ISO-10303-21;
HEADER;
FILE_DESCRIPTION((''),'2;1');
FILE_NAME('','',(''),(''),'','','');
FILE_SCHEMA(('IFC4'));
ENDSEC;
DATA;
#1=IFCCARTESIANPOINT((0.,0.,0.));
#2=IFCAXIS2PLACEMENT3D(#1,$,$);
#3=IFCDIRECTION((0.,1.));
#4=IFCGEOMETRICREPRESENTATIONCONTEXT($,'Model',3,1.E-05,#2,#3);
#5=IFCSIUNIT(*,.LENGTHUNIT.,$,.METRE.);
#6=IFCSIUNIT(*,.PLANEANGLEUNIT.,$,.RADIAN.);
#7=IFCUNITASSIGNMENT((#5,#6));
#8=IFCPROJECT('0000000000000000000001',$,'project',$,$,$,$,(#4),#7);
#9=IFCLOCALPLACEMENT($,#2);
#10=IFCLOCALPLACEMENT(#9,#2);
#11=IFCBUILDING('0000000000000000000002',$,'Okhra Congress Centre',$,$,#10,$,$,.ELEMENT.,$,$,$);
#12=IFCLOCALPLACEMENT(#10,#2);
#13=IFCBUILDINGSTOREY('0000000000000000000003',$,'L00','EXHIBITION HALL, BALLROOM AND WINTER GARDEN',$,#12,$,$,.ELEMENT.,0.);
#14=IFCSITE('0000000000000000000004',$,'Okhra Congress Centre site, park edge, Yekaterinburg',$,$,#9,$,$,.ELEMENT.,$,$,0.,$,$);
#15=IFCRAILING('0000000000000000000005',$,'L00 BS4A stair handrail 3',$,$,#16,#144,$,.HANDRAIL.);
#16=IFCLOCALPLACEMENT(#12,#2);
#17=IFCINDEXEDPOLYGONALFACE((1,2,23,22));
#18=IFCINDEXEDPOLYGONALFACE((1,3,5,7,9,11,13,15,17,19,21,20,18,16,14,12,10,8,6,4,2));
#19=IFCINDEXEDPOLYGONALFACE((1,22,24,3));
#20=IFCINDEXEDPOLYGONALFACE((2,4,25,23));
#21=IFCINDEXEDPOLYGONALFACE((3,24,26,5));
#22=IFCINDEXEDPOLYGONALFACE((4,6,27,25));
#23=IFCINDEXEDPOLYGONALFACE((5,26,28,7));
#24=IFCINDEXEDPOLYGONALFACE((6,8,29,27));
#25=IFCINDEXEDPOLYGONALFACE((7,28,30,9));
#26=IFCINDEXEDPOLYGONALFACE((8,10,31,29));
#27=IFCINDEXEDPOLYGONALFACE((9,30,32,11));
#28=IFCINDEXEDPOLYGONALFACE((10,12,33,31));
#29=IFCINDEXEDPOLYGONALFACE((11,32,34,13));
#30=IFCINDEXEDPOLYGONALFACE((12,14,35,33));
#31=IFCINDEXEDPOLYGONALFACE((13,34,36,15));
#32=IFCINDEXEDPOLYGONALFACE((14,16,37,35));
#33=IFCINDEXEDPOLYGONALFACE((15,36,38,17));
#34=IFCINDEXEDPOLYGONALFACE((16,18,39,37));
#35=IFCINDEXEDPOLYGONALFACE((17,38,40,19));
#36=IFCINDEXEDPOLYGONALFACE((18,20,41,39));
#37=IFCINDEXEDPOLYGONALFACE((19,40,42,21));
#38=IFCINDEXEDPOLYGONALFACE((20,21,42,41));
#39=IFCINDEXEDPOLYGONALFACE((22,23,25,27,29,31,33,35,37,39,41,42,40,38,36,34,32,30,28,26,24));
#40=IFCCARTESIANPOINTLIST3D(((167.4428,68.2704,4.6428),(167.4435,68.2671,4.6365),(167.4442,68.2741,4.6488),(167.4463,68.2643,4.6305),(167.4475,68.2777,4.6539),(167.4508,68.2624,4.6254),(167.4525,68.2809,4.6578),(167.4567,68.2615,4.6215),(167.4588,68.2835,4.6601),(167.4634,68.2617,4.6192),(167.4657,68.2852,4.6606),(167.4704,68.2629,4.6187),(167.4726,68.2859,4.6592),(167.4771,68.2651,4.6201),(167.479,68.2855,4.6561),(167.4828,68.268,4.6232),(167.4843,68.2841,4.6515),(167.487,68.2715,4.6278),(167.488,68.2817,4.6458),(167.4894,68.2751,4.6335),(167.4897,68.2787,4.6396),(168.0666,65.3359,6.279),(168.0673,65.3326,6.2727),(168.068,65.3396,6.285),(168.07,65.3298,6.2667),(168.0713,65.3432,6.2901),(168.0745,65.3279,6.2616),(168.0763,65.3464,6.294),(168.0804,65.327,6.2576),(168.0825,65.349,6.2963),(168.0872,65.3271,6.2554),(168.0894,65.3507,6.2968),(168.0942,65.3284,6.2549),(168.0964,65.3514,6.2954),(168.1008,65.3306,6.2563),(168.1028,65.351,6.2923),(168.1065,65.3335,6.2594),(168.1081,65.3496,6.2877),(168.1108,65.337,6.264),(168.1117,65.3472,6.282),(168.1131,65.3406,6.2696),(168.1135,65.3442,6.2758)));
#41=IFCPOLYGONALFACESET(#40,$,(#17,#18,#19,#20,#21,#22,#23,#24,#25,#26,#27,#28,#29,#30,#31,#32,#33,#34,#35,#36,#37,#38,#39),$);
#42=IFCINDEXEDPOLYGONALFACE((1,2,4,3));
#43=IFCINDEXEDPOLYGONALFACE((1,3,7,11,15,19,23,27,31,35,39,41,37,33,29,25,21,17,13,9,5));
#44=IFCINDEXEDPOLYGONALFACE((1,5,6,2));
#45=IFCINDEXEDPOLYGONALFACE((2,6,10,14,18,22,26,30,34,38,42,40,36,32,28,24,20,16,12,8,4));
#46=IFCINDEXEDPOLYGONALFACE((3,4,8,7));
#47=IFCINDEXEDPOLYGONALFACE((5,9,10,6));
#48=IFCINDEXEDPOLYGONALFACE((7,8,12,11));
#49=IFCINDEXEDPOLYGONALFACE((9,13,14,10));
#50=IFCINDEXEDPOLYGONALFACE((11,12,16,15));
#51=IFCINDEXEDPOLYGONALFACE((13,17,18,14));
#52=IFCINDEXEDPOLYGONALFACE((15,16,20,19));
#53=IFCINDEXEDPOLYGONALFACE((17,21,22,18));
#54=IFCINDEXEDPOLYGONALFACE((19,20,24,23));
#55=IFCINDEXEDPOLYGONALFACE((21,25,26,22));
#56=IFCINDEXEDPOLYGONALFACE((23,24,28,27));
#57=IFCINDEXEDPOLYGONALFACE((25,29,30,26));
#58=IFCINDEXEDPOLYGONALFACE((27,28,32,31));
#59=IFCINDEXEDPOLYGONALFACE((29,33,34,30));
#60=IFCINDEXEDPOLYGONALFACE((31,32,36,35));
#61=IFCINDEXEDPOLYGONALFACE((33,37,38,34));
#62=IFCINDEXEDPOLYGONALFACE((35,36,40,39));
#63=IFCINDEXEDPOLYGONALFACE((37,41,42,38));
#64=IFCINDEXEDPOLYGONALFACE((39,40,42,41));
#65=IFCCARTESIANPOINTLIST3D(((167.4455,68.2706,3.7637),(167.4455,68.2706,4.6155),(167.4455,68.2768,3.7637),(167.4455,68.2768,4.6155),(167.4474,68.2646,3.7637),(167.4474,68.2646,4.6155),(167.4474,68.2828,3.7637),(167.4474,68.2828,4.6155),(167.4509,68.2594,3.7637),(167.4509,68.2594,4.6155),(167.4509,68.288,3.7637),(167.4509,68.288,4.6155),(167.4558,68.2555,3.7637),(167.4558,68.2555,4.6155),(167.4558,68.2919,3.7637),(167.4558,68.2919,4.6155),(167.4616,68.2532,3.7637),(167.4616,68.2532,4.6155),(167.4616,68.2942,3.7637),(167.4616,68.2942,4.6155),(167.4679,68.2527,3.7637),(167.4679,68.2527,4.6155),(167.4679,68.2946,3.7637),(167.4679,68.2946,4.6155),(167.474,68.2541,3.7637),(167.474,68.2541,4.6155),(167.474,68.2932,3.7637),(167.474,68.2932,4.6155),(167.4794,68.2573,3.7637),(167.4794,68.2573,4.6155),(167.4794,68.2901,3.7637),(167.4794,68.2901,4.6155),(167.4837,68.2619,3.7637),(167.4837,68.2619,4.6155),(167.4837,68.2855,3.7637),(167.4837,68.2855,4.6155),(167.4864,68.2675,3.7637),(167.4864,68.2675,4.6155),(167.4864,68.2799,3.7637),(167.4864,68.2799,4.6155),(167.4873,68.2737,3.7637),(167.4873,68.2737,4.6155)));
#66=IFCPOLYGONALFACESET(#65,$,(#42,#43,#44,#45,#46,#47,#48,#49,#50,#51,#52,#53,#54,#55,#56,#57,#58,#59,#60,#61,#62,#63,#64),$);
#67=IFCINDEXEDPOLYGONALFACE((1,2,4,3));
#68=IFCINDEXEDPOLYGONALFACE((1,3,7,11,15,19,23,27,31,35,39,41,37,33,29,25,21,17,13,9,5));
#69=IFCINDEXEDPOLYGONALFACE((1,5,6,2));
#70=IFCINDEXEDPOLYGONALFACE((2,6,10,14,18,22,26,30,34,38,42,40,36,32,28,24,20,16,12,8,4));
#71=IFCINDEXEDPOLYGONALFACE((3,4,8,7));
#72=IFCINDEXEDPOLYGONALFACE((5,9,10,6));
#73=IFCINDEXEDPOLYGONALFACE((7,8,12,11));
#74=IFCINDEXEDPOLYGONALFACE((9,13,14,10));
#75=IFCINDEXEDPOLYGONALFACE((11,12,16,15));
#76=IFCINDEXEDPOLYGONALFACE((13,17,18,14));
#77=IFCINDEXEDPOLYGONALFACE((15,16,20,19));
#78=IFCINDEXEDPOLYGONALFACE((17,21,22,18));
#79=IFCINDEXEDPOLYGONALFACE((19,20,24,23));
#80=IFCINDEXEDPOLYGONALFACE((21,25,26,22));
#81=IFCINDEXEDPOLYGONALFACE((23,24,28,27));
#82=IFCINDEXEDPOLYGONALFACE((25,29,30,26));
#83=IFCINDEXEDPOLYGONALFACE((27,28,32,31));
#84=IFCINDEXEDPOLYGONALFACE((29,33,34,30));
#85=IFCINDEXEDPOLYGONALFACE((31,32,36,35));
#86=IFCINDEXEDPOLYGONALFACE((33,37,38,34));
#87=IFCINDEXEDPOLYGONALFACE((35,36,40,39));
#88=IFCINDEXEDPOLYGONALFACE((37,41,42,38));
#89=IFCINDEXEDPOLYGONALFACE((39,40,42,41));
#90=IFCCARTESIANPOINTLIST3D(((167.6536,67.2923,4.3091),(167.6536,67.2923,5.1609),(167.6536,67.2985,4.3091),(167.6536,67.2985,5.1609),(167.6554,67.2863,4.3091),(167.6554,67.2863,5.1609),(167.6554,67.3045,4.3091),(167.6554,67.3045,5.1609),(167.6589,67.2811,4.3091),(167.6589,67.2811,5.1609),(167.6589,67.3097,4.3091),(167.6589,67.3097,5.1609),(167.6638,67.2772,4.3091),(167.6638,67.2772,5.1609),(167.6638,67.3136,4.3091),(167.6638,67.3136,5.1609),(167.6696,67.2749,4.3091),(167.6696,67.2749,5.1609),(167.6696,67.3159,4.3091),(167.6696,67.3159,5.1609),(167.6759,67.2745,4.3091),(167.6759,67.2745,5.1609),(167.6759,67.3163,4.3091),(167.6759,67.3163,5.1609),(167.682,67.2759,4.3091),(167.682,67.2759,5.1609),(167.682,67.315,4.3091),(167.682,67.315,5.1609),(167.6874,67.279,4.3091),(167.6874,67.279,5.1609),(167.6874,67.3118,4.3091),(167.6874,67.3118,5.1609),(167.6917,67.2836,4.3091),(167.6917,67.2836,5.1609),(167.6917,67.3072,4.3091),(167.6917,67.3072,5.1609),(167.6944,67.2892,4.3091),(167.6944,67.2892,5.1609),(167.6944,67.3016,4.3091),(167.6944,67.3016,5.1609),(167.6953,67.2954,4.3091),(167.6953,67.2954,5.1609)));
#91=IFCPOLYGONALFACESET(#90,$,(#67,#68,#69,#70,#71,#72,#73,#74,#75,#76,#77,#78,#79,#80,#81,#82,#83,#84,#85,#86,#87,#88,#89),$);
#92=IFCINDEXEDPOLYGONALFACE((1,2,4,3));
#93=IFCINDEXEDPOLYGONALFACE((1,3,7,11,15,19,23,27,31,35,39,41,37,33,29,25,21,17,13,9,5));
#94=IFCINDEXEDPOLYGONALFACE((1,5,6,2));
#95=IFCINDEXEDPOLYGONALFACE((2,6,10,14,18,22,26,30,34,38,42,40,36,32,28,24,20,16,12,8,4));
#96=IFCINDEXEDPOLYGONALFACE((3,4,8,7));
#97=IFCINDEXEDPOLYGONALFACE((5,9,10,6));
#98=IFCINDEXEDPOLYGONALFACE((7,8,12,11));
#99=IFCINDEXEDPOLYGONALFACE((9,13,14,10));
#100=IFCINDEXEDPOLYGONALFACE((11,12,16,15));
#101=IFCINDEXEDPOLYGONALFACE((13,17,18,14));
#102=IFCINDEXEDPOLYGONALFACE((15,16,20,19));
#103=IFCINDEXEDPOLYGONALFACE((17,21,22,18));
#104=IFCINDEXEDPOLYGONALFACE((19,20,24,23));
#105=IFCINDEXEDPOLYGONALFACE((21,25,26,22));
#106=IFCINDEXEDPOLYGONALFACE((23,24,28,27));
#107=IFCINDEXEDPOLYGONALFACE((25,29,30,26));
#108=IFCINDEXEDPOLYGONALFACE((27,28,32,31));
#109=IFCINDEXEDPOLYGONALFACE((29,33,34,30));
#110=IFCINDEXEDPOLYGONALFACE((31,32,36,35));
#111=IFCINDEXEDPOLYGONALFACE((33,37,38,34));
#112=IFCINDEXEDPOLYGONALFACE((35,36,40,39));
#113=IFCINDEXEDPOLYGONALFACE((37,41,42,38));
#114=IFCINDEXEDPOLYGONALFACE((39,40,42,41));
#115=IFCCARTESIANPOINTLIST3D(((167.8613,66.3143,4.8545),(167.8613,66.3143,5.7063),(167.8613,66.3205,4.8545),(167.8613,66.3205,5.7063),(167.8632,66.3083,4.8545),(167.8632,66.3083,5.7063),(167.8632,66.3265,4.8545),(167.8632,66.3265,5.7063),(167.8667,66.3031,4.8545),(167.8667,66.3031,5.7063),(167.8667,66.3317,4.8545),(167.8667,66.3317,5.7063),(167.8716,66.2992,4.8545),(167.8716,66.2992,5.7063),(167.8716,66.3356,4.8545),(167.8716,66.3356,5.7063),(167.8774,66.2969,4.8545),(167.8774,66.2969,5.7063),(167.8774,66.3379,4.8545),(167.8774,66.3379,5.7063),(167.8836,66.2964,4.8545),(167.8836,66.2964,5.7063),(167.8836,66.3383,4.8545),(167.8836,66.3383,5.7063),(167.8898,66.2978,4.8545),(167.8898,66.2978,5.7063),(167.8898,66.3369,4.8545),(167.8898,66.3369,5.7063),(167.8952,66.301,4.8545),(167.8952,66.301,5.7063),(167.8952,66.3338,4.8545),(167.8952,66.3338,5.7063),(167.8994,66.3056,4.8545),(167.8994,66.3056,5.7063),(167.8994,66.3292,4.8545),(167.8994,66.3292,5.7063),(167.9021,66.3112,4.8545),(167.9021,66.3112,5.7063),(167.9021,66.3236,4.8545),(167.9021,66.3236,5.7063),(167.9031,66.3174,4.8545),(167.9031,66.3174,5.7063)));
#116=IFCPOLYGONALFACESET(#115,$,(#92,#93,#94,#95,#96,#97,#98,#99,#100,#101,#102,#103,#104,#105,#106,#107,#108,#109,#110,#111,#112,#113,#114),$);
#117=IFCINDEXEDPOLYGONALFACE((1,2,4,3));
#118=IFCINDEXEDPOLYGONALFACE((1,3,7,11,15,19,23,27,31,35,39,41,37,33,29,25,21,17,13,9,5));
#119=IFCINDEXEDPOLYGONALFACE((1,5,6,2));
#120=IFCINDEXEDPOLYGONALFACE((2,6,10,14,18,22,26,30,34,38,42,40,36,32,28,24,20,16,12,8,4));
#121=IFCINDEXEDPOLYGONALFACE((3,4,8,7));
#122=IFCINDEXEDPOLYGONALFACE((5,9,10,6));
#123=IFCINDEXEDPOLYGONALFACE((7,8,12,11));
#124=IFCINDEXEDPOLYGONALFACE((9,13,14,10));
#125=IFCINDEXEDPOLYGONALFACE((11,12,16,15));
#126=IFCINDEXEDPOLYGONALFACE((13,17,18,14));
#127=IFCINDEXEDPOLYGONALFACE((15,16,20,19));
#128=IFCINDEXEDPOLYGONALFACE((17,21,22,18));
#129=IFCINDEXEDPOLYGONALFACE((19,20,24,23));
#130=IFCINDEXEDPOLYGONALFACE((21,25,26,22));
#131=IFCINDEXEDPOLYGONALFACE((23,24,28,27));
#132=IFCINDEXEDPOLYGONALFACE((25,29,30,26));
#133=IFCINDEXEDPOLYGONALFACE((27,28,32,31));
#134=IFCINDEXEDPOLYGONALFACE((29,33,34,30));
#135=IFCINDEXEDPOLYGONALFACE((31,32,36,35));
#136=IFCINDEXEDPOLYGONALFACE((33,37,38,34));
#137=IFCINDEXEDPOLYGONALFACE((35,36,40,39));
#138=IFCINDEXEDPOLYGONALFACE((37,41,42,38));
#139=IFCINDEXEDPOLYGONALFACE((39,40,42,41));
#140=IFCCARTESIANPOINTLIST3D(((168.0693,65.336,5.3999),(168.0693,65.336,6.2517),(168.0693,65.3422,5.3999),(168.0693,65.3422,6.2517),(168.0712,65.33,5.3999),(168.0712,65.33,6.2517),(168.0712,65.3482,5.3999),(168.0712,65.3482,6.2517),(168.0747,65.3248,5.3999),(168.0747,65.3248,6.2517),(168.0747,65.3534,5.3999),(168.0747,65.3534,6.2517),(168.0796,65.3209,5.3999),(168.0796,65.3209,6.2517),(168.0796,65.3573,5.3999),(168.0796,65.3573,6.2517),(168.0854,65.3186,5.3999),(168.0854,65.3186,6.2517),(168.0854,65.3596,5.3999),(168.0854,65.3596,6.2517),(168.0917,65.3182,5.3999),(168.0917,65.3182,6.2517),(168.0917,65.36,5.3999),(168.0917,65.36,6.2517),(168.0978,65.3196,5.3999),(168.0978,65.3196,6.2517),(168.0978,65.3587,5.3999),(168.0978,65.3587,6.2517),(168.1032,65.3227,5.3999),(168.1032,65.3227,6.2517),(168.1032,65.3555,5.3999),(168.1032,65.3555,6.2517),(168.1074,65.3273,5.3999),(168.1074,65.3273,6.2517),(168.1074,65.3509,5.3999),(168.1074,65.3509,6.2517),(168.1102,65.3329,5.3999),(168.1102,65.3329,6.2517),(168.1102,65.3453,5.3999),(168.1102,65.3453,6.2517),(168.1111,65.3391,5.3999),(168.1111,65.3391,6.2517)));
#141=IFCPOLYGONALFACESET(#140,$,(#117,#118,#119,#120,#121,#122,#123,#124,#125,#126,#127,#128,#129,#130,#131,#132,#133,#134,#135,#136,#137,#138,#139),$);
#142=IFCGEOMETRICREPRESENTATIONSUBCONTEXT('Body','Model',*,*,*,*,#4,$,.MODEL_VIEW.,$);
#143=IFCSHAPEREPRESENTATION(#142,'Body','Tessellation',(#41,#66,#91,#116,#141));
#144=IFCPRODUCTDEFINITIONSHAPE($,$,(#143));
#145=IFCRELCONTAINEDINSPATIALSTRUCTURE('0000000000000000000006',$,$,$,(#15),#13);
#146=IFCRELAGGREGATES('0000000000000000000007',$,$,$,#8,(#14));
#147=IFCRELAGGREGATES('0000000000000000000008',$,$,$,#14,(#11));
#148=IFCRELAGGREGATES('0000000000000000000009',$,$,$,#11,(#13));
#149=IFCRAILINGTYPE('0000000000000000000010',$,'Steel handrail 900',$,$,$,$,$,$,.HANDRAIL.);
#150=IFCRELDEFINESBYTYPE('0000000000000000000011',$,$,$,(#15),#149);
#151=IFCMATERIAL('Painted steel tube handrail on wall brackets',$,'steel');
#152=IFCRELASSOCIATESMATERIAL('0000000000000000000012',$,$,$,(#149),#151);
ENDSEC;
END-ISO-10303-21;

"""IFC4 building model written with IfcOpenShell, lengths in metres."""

from ifc_helpers import new_model, si_unit, direction, frame, origin, origin_2d, place, context, subcontext, project, spatial, circle, extrude, material, type_object, element, save


model = new_model("IFC4")

# Units and contexts
model_context = context("Model", 3, precision=1e-05, world=origin(), true_north=direction((0.0, 1.0)))
body_context = subcontext(model_context, "Body", "Model", "MODEL_VIEW")
ifc_project = project(units=[si_unit("LENGTHUNIT", "METRE"), si_unit("PLANEANGLEUNIT", "RADIAN")], contexts=[model_context])

# Site, building, storey
site_placement = place(None, origin())
site = spatial("IfcSite", under=ifc_project, at=site_placement, Name="Okhra Congress Centre site, park edge, Yekaterinburg", CompositionType="ELEMENT", RefElevation=0.0)
building_placement = place(site_placement, origin())
building = spatial("IfcBuilding", under=site, at=building_placement, Name="Okhra Congress Centre", CompositionType="ELEMENT")
storey_placement = place(building_placement, origin())
storey = spatial("IfcBuildingStorey", under=building, at=storey_placement, Name="L00", Description="EXHIBITION HALL, BALLROOM AND WINTER GARDEN", CompositionType="ELEMENT", Elevation=0.0)

# Railing
ifc_material_1 = material(Name="Painted steel tube handrail on wall brackets", Category="steel")
railing_type = type_object("IfcRailingType", Name="Steel handrail 900", PredefinedType="HANDRAIL", material=ifc_material_1)
railing_placement = place(storey_placement, frame((167.4663, 68.2737, 3.7637)))
element("IfcRailing", 1, at=railing_placement, inside=storey, type_object=railing_type, Name="L00 BS4A stair handrail 3", PredefinedType="HANDRAIL", context=body_context, shape_type="SweptSolid", body=[
    extrude(circle(Radius=0.0239, at=origin_2d()), frame((0.0, 0.0, 0.876), z_axis=(0.182535, -0.858735, 0.478806), x_axis=(0.978146, 0.207917, 0.0)), (0.0, 0.0, 1.0), 3.4172),
    extrude(circle(Radius=0.021, at=origin_2d()), origin(), (0.0, 0.0, 1.0), 0.8518),
    extrude(circle(Radius=0.021, at=origin_2d()), frame((0.208, -0.9783, 0.5454)), (0.0, 0.0, 1.0), 0.8518),
    extrude(circle(Radius=0.021, at=origin_2d()), frame((0.4158, -1.9563, 1.0908)), (0.0, 0.0, 1.0), 0.8518),
    extrude(circle(Radius=0.021, at=origin_2d()), frame((0.6238, -2.9346, 1.6362)), (0.0, 0.0, 1.0), 0.8518),
])

save(model, "model.ifc")
